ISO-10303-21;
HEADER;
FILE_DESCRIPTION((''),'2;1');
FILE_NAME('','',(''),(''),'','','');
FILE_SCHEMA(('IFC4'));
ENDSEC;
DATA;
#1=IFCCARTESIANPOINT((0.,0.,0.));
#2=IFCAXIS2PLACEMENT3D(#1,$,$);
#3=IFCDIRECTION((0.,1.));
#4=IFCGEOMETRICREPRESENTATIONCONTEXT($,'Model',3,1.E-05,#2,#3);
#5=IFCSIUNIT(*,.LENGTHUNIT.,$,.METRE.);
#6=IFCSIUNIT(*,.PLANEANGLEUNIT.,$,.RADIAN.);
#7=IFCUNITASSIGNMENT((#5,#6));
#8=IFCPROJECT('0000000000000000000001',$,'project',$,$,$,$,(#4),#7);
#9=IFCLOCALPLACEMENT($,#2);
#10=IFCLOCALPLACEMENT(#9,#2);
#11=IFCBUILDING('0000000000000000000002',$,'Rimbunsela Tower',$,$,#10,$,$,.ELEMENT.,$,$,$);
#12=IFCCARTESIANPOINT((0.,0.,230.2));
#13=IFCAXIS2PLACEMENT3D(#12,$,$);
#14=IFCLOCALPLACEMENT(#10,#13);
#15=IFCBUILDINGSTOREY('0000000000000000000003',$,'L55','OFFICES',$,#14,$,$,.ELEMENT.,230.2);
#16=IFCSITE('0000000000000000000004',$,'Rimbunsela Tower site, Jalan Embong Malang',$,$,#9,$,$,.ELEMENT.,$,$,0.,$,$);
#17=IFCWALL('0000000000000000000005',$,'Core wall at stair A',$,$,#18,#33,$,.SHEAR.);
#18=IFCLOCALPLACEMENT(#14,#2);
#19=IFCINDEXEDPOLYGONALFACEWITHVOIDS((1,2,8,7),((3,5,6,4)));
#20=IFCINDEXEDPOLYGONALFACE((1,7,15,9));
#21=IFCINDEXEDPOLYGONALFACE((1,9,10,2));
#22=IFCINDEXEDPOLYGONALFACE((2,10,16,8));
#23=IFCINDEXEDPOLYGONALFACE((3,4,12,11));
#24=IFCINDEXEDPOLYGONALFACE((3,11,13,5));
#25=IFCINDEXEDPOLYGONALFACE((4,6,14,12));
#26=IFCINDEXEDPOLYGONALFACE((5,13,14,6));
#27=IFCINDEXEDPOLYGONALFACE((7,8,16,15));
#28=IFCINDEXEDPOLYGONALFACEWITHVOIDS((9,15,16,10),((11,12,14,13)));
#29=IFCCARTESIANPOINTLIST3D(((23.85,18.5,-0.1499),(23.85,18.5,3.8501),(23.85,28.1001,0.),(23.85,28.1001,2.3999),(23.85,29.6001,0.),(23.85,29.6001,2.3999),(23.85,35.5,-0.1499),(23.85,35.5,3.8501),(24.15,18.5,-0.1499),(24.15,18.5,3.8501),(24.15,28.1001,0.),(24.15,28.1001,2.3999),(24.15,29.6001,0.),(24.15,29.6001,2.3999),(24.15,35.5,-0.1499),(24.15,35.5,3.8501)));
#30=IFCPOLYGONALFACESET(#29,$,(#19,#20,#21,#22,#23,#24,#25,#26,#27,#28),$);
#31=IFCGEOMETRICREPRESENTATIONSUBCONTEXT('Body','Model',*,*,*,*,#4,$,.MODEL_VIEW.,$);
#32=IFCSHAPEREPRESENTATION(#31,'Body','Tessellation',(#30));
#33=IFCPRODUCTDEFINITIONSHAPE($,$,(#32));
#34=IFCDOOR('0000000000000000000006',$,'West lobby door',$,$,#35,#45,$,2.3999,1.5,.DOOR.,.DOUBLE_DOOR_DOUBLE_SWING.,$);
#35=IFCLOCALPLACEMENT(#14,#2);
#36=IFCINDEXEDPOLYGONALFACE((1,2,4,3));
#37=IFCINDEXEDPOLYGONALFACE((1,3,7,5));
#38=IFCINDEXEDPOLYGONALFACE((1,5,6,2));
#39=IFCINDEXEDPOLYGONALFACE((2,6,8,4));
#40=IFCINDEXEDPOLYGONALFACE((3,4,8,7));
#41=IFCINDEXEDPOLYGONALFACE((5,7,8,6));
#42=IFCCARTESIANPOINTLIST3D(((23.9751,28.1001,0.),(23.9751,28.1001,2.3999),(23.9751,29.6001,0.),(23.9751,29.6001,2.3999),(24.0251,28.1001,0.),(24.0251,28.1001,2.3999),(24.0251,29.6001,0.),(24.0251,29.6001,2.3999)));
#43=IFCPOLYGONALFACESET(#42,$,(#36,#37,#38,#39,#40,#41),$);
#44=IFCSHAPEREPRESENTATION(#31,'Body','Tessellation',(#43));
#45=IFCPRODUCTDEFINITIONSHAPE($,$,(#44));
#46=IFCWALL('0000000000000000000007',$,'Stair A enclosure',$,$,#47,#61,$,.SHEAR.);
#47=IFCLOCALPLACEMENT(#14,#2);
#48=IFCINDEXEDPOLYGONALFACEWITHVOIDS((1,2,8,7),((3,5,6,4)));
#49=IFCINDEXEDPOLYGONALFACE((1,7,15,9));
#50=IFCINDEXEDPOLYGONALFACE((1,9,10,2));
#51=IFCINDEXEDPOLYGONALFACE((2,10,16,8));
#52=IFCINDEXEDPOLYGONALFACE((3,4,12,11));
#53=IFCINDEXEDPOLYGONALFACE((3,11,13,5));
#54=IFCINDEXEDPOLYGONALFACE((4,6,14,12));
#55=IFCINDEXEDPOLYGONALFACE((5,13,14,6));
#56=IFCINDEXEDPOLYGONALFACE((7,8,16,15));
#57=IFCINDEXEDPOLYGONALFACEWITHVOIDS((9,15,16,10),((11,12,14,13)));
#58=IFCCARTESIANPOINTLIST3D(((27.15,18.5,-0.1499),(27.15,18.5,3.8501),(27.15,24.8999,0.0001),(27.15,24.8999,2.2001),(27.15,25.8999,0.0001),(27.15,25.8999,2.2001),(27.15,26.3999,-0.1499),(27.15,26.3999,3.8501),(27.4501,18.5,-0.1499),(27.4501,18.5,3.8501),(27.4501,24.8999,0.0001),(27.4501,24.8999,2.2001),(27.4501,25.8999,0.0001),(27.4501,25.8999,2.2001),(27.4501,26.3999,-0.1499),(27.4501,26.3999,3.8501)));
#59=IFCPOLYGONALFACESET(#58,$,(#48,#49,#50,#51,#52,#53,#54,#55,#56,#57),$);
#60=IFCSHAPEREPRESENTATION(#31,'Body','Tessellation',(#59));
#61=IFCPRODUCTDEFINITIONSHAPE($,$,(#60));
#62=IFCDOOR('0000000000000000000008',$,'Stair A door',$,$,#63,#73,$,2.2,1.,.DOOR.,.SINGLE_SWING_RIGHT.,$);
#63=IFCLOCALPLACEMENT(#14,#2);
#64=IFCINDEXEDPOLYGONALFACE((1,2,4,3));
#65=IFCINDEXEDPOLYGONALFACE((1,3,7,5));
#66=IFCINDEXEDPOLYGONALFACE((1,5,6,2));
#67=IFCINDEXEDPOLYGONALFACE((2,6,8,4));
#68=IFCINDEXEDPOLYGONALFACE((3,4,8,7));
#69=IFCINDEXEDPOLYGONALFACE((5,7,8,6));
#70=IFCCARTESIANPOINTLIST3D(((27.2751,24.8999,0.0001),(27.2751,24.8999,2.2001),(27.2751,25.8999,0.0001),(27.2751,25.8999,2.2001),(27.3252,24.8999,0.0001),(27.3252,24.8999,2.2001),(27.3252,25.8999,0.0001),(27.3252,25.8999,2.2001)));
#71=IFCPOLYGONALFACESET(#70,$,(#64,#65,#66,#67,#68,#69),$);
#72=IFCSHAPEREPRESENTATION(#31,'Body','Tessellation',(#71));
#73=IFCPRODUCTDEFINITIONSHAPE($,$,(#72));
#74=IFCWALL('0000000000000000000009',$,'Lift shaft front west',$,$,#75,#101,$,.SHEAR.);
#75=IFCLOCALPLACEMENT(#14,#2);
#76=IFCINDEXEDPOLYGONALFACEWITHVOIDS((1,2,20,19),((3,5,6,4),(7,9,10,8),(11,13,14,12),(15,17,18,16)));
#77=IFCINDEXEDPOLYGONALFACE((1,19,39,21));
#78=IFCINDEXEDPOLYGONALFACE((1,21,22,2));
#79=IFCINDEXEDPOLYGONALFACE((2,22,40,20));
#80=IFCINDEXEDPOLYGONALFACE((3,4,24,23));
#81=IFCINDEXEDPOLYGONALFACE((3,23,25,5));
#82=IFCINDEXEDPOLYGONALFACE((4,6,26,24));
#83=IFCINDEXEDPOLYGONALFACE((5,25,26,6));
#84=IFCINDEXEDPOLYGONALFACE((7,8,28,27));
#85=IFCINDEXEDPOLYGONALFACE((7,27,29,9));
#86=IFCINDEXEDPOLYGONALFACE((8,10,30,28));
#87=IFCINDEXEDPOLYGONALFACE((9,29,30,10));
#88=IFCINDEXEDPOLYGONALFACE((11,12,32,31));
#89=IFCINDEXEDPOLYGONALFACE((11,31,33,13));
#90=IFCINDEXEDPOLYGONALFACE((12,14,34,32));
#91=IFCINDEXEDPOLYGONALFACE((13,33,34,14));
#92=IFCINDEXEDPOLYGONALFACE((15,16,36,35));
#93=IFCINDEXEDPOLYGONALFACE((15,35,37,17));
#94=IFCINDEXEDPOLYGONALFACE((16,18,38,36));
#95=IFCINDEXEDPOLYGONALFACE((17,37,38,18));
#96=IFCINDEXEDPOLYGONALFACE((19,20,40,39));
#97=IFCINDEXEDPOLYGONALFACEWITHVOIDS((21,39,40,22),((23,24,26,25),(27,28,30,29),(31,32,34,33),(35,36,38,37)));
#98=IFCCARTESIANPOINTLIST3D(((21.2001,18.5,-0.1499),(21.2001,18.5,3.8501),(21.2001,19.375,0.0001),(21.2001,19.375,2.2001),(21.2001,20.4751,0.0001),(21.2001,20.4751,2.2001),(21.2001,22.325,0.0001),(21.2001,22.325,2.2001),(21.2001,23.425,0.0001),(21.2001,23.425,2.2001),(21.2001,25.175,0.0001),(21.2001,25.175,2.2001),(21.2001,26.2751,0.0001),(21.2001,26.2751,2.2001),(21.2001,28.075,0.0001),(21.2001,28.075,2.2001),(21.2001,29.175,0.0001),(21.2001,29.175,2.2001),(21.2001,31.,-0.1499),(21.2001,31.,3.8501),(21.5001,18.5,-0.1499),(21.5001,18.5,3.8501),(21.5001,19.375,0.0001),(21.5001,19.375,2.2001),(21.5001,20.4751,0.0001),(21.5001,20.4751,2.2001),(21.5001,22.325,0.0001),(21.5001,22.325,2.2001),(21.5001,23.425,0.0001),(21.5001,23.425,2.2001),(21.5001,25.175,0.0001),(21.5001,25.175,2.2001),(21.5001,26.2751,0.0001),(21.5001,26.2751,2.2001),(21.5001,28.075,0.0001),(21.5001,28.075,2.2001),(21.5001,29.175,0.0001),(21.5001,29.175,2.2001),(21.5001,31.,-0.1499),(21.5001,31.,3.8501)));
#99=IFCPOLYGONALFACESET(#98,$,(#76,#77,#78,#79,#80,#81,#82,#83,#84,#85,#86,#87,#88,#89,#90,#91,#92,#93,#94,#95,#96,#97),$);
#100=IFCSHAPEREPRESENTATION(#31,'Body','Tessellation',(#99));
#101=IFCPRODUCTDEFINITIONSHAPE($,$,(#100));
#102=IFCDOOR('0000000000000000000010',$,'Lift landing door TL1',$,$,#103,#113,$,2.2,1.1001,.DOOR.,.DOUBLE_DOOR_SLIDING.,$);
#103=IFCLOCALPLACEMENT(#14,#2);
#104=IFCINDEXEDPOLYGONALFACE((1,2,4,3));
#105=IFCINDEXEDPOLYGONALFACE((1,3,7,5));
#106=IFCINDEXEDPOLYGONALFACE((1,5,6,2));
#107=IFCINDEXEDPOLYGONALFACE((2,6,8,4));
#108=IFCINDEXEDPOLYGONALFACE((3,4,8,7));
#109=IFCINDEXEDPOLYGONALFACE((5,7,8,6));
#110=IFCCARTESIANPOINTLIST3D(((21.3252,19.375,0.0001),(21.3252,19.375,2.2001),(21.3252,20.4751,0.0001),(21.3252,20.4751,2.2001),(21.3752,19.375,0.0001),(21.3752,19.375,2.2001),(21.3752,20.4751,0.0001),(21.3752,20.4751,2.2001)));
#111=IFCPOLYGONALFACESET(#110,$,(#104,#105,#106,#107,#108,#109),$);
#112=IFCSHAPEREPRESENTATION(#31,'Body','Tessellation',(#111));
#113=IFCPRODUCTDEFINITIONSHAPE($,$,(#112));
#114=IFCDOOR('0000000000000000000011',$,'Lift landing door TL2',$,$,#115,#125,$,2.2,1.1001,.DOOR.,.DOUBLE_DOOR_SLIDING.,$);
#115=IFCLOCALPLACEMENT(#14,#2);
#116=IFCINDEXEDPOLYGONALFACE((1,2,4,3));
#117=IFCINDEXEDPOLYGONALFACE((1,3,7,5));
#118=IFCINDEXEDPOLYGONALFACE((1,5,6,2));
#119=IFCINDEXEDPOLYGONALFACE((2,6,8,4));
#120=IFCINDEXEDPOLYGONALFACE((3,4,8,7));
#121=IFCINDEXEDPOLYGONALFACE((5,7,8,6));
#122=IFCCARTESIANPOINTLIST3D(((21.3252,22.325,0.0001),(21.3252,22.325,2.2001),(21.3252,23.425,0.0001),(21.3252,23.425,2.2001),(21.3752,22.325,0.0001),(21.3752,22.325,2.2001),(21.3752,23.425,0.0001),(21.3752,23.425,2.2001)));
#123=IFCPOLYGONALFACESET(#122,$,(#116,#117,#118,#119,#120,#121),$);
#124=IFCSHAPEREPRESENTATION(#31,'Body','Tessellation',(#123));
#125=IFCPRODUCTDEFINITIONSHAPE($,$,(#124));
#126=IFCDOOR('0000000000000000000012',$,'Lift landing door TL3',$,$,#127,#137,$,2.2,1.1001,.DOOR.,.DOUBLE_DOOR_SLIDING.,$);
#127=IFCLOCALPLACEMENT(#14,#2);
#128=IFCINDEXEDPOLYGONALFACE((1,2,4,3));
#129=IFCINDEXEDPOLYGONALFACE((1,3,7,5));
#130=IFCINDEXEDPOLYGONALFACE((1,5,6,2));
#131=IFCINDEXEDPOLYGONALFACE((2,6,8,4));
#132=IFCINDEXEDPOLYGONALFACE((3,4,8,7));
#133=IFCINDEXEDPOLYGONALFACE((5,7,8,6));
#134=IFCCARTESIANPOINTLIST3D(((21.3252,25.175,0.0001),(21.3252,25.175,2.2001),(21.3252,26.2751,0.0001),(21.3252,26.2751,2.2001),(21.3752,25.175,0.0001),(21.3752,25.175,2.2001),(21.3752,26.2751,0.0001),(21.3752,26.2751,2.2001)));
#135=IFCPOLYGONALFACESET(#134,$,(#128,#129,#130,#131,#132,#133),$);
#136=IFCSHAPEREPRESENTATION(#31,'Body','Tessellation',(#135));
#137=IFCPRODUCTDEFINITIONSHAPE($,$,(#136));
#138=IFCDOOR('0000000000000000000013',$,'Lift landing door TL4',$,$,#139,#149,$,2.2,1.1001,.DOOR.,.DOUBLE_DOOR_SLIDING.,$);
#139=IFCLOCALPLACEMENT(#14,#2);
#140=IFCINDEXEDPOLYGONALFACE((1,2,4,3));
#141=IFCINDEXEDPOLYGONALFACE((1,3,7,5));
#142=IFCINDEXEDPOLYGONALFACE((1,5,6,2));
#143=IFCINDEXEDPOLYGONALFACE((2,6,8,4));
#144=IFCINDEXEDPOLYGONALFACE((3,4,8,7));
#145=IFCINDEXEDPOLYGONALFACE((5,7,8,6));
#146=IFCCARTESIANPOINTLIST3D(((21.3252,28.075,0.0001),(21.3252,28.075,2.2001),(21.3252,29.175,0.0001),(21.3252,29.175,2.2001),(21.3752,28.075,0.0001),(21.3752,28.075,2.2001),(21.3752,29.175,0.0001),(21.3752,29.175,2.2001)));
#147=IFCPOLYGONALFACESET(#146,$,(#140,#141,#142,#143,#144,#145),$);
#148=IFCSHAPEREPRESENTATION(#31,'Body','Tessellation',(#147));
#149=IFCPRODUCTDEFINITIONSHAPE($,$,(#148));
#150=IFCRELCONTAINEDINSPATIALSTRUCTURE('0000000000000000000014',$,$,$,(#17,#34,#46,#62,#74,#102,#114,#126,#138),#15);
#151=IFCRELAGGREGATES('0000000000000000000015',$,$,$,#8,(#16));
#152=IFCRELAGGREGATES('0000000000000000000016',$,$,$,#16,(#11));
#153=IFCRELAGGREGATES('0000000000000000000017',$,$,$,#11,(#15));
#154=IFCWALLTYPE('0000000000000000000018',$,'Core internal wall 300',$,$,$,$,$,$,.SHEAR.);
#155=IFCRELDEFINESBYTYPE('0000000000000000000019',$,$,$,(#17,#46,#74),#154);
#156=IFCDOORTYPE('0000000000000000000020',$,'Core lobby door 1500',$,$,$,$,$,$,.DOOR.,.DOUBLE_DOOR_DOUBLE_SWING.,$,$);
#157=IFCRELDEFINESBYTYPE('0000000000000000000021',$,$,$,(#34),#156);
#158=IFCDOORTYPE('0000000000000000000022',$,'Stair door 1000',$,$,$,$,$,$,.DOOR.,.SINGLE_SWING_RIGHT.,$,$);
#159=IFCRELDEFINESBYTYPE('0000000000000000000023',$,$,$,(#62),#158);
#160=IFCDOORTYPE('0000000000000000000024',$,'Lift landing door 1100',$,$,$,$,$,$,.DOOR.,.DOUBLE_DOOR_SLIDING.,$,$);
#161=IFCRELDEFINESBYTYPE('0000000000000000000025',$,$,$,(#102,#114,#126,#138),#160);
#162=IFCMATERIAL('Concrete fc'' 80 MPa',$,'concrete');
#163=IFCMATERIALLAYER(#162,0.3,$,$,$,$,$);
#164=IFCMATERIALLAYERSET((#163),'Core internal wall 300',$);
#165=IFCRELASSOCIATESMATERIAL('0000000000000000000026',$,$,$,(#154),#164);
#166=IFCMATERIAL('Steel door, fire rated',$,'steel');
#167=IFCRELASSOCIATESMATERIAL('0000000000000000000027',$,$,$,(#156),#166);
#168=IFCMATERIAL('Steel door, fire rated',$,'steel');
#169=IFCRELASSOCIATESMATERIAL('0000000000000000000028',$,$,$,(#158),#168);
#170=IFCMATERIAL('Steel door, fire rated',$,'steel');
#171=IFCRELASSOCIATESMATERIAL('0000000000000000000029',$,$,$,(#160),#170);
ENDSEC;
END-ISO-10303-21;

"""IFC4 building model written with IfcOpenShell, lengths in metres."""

from ifc_helpers import new_model, si_unit, direction, frame, frame_2d, origin, place, context, subcontext, project, spatial, rectangle, extrude, material, layer, layer_set, type_object, element, fill, save


model = new_model("IFC4")

# Units and contexts
model_context = context("Model", 3, precision=1e-05, world=origin(), true_north=direction((0.0, 1.0)))
body_context = subcontext(model_context, "Body", "Model", "MODEL_VIEW")
ifc_project = project(units=[si_unit("LENGTHUNIT", "METRE"), si_unit("PLANEANGLEUNIT", "RADIAN")], contexts=[model_context])

# Site, building, storey
site_placement = place(None, origin())
site = spatial("IfcSite", under=ifc_project, at=site_placement, Name="Rimbunsela Tower site, Jalan Embong Malang", CompositionType="ELEMENT", RefElevation=0.0)
building_placement = place(site_placement, origin())
building = spatial("IfcBuilding", under=site, at=building_placement, Name="Rimbunsela Tower", CompositionType="ELEMENT")
storey_placement = place(building_placement, frame((0.0, 0.0, 230.2)))
storey = spatial("IfcBuildingStorey", under=building, at=storey_placement, Name="L55", Description="OFFICES", CompositionType="ELEMENT", Elevation=230.2)

# Walls, openings, doors
ifc_material_1 = material(Name="Concrete fc' 80 MPa", Category="concrete")
ifc_layer_1 = layer(ifc_material_1, 0.3)
ifc_layer_set_1 = layer_set([ifc_layer_1], Name="Core internal wall 300")
wall_type_1 = type_object("IfcWallType", Name="Core internal wall 300", PredefinedType="SHEAR", material=ifc_layer_set_1)
wall_1_placement = place(storey_placement, frame((24.0, 18.5, -0.1499), z_axis=(0.0, 0.0, 1.0), x_axis=(0.0, 1.0, 0.0)))
wall_1 = element("IfcWall", 1, at=wall_1_placement, inside=storey, type_object=wall_type_1, Name="Core wall at stair A", PredefinedType="SHEAR", context=body_context, shape_type="SweptSolid", body=[
    extrude(rectangle(XDim=17.0, YDim=0.3, at=frame_2d((8.5, 0.0))), origin(), (0.0, 0.0, 1.0), 4.0),
])
opening_1_placement = place(wall_1_placement, frame((9.6001, 0.0, 0.1499)))
opening_1 = element("IfcOpeningElement", 2, at=opening_1_placement, cuts=wall_1, PredefinedType="OPENING", context=body_context, shape_type="SweptSolid", body=[
    extrude(rectangle(XDim=1.5, YDim=2.3999, at=frame_2d((0.75, 1.2))), frame((0.0, 0.1599, 0.0), z_axis=(0.0, -1.0, 0.0), x_axis=(1.0, 0.0, 0.0)), (0.0, 0.0, 1.0), 0.3201),
])
ifc_material_2 = material(Name="Steel door, fire rated", Category="steel")
door_type_1 = type_object("IfcDoorType", Name="Core lobby door 1500", OperationType="DOUBLE_DOOR_DOUBLE_SWING", PredefinedType="DOOR", material=ifc_material_2)
door_1_placement = place(opening_1_placement, origin())
door_1 = element("IfcDoor", 3, at=door_1_placement, inside=storey, type_object=door_type_1, Name="West lobby door", OperationType="DOUBLE_DOOR_DOUBLE_SWING", OverallHeight=2.3999, OverallWidth=1.5, PredefinedType="DOOR", context=body_context, shape_type="SweptSolid", body=[
    extrude(rectangle(XDim=1.5, YDim=2.3999, at=frame_2d((0.75, 1.2))), frame((0.0, 0.0249, 0.0), z_axis=(0.0, -1.0, 0.0), x_axis=(1.0, 0.0, 0.0)), (0.0, 0.0, 1.0), 0.05),
])
fill(opening_1, door_1)
wall_2_placement = place(storey_placement, frame((27.3, 18.5, -0.1499), z_axis=(0.0, 0.0, 1.0), x_axis=(0.0, 1.0, 0.0)))
wall_2 = element("IfcWall", 4, at=wall_2_placement, inside=storey, type_object=wall_type_1, Name="Stair A enclosure", PredefinedType="SHEAR", context=body_context, shape_type="SweptSolid", body=[
    extrude(rectangle(XDim=7.8999, YDim=0.3, at=frame_2d((3.95, 0.0))), origin(), (0.0, 0.0, 1.0), 4.0),
])
opening_2_placement = place(wall_2_placement, frame((6.3999, 0.0, 0.1499)))
opening_2 = element("IfcOpeningElement", 5, at=opening_2_placement, cuts=wall_2, PredefinedType="OPENING", context=body_context, shape_type="SweptSolid", body=[
    extrude(rectangle(XDim=1.0, YDim=2.2, at=frame_2d((0.5, 1.1001))), frame((0.0, 0.1599, 0.0), z_axis=(0.0, -1.0, 0.0), x_axis=(1.0, 0.0, 0.0)), (0.0, 0.0, 1.0), 0.3201),
])
ifc_material_3 = material(Name="Steel door, fire rated", Category="steel")
door_type_2 = type_object("IfcDoorType", Name="Stair door 1000", OperationType="SINGLE_SWING_RIGHT", PredefinedType="DOOR", material=ifc_material_3)
door_2_placement = place(opening_2_placement, origin())
door_2 = element("IfcDoor", 6, at=door_2_placement, inside=storey, type_object=door_type_2, Name="Stair A door", OperationType="SINGLE_SWING_RIGHT", OverallHeight=2.2, OverallWidth=1.0, PredefinedType="DOOR", context=body_context, shape_type="SweptSolid", body=[
    extrude(rectangle(XDim=1.0, YDim=2.2, at=frame_2d((0.5, 1.1001))), frame((0.0, 0.0249, 0.0), z_axis=(0.0, -1.0, 0.0), x_axis=(1.0, 0.0, 0.0)), (0.0, 0.0, 1.0), 0.05),
])
fill(opening_2, door_2)

# Wall, openings, doors
wall_3_placement = place(storey_placement, frame((21.3501, 18.5, -0.1499), z_axis=(0.0, 0.0, 1.0), x_axis=(0.0, 1.0, 0.0)))
wall_3 = element("IfcWall", 7, at=wall_3_placement, inside=storey, type_object=wall_type_1, Name="Lift shaft front west", PredefinedType="SHEAR", context=body_context, shape_type="SweptSolid", body=[
    extrude(rectangle(XDim=12.5, YDim=0.3, at=frame_2d((6.25, 0.0))), origin(), (0.0, 0.0, 1.0), 4.0),
])
opening_3_placement = place(wall_3_placement, frame((0.875, 0.0, 0.1499)))
opening_3 = element("IfcOpeningElement", 8, at=opening_3_placement, cuts=wall_3, PredefinedType="OPENING", context=body_context, shape_type="SweptSolid", body=[
    extrude(rectangle(XDim=1.1001, YDim=2.2, at=frame_2d((0.55, 1.1001))), frame((0.0, 0.1599, 0.0), z_axis=(0.0, -1.0, 0.0), x_axis=(1.0, 0.0, 0.0)), (0.0, 0.0, 1.0), 0.3201),
])
opening_4_placement = place(wall_3_placement, frame((3.825, 0.0, 0.1499)))
opening_4 = element("IfcOpeningElement", 9, at=opening_4_placement, cuts=wall_3, PredefinedType="OPENING", context=body_context, shape_type="SweptSolid", body=[
    extrude(rectangle(XDim=1.1001, YDim=2.2, at=frame_2d((0.55, 1.1001))), frame((0.0, 0.1599, 0.0), z_axis=(0.0, -1.0, 0.0), x_axis=(1.0, 0.0, 0.0)), (0.0, 0.0, 1.0), 0.3201),
])
opening_5_placement = place(wall_3_placement, frame((6.675, 0.0, 0.1499)))
opening_5 = element("IfcOpeningElement", 10, at=opening_5_placement, cuts=wall_3, PredefinedType="OPENING", context=body_context, shape_type="SweptSolid", body=[
    extrude(rectangle(XDim=1.1001, YDim=2.2, at=frame_2d((0.55, 1.1001))), frame((0.0, 0.1599, 0.0), z_axis=(0.0, -1.0, 0.0), x_axis=(1.0, 0.0, 0.0)), (0.0, 0.0, 1.0), 0.3201),
])
opening_6_placement = place(wall_3_placement, frame((9.575, 0.0, 0.1499)))
opening_6 = element("IfcOpeningElement", 11, at=opening_6_placement, cuts=wall_3, PredefinedType="OPENING", context=body_context, shape_type="SweptSolid", body=[
    extrude(rectangle(XDim=1.1001, YDim=2.2, at=frame_2d((0.55, 1.1001))), frame((0.0, 0.1599, 0.0), z_axis=(0.0, -1.0, 0.0), x_axis=(1.0, 0.0, 0.0)), (0.0, 0.0, 1.0), 0.3201),
])
ifc_material_4 = material(Name="Steel door, fire rated", Category="steel")
door_type_3 = type_object("IfcDoorType", Name="Lift landing door 1100", OperationType="DOUBLE_DOOR_SLIDING", PredefinedType="DOOR", material=ifc_material_4)
door_3_placement = place(opening_3_placement, origin())
door_3 = element("IfcDoor", 12, at=door_3_placement, inside=storey, type_object=door_type_3, Name="Lift landing door TL1", OperationType="DOUBLE_DOOR_SLIDING", OverallHeight=2.2, OverallWidth=1.1001, PredefinedType="DOOR", context=body_context, shape_type="SweptSolid", body=[
    extrude(rectangle(XDim=1.1001, YDim=2.2, at=frame_2d((0.55, 1.1001))), frame((0.0, 0.0249, 0.0), z_axis=(0.0, -1.0, 0.0), x_axis=(1.0, 0.0, 0.0)), (0.0, 0.0, 1.0), 0.05),
])
fill(opening_3, door_3)
door_4_placement = place(opening_4_placement, origin())
door_4 = element("IfcDoor", 13, at=door_4_placement, inside=storey, type_object=door_type_3, Name="Lift landing door TL2", OperationType="DOUBLE_DOOR_SLIDING", OverallHeight=2.2, OverallWidth=1.1001, PredefinedType="DOOR", context=body_context, shape_type="SweptSolid", body=[
    extrude(rectangle(XDim=1.1001, YDim=2.2, at=frame_2d((0.55, 1.1001))), frame((0.0, 0.0249, 0.0), z_axis=(0.0, -1.0, 0.0), x_axis=(1.0, 0.0, 0.0)), (0.0, 0.0, 1.0), 0.05),
])
fill(opening_4, door_4)
door_5_placement = place(opening_5_placement, origin())
door_5 = element("IfcDoor", 14, at=door_5_placement, inside=storey, type_object=door_type_3, Name="Lift landing door TL3", OperationType="DOUBLE_DOOR_SLIDING", OverallHeight=2.2, OverallWidth=1.1001, PredefinedType="DOOR", context=body_context, shape_type="SweptSolid", body=[
    extrude(rectangle(XDim=1.1001, YDim=2.2, at=frame_2d((0.55, 1.1001))), frame((0.0, 0.0249, 0.0), z_axis=(0.0, -1.0, 0.0), x_axis=(1.0, 0.0, 0.0)), (0.0, 0.0, 1.0), 0.05),
])
fill(opening_5, door_5)
door_6_placement = place(opening_6_placement, origin())
door_6 = element("IfcDoor", 15, at=door_6_placement, inside=storey, type_object=door_type_3, Name="Lift landing door TL4", OperationType="DOUBLE_DOOR_SLIDING", OverallHeight=2.2, OverallWidth=1.1001, PredefinedType="DOOR", context=body_context, shape_type="SweptSolid", body=[
    extrude(rectangle(XDim=1.1001, YDim=2.2, at=frame_2d((0.55, 1.1001))), frame((0.0, 0.0249, 0.0), z_axis=(0.0, -1.0, 0.0), x_axis=(1.0, 0.0, 0.0)), (0.0, 0.0, 1.0), 0.05),
])
fill(opening_6, door_6)

save(model, "model.ifc")
